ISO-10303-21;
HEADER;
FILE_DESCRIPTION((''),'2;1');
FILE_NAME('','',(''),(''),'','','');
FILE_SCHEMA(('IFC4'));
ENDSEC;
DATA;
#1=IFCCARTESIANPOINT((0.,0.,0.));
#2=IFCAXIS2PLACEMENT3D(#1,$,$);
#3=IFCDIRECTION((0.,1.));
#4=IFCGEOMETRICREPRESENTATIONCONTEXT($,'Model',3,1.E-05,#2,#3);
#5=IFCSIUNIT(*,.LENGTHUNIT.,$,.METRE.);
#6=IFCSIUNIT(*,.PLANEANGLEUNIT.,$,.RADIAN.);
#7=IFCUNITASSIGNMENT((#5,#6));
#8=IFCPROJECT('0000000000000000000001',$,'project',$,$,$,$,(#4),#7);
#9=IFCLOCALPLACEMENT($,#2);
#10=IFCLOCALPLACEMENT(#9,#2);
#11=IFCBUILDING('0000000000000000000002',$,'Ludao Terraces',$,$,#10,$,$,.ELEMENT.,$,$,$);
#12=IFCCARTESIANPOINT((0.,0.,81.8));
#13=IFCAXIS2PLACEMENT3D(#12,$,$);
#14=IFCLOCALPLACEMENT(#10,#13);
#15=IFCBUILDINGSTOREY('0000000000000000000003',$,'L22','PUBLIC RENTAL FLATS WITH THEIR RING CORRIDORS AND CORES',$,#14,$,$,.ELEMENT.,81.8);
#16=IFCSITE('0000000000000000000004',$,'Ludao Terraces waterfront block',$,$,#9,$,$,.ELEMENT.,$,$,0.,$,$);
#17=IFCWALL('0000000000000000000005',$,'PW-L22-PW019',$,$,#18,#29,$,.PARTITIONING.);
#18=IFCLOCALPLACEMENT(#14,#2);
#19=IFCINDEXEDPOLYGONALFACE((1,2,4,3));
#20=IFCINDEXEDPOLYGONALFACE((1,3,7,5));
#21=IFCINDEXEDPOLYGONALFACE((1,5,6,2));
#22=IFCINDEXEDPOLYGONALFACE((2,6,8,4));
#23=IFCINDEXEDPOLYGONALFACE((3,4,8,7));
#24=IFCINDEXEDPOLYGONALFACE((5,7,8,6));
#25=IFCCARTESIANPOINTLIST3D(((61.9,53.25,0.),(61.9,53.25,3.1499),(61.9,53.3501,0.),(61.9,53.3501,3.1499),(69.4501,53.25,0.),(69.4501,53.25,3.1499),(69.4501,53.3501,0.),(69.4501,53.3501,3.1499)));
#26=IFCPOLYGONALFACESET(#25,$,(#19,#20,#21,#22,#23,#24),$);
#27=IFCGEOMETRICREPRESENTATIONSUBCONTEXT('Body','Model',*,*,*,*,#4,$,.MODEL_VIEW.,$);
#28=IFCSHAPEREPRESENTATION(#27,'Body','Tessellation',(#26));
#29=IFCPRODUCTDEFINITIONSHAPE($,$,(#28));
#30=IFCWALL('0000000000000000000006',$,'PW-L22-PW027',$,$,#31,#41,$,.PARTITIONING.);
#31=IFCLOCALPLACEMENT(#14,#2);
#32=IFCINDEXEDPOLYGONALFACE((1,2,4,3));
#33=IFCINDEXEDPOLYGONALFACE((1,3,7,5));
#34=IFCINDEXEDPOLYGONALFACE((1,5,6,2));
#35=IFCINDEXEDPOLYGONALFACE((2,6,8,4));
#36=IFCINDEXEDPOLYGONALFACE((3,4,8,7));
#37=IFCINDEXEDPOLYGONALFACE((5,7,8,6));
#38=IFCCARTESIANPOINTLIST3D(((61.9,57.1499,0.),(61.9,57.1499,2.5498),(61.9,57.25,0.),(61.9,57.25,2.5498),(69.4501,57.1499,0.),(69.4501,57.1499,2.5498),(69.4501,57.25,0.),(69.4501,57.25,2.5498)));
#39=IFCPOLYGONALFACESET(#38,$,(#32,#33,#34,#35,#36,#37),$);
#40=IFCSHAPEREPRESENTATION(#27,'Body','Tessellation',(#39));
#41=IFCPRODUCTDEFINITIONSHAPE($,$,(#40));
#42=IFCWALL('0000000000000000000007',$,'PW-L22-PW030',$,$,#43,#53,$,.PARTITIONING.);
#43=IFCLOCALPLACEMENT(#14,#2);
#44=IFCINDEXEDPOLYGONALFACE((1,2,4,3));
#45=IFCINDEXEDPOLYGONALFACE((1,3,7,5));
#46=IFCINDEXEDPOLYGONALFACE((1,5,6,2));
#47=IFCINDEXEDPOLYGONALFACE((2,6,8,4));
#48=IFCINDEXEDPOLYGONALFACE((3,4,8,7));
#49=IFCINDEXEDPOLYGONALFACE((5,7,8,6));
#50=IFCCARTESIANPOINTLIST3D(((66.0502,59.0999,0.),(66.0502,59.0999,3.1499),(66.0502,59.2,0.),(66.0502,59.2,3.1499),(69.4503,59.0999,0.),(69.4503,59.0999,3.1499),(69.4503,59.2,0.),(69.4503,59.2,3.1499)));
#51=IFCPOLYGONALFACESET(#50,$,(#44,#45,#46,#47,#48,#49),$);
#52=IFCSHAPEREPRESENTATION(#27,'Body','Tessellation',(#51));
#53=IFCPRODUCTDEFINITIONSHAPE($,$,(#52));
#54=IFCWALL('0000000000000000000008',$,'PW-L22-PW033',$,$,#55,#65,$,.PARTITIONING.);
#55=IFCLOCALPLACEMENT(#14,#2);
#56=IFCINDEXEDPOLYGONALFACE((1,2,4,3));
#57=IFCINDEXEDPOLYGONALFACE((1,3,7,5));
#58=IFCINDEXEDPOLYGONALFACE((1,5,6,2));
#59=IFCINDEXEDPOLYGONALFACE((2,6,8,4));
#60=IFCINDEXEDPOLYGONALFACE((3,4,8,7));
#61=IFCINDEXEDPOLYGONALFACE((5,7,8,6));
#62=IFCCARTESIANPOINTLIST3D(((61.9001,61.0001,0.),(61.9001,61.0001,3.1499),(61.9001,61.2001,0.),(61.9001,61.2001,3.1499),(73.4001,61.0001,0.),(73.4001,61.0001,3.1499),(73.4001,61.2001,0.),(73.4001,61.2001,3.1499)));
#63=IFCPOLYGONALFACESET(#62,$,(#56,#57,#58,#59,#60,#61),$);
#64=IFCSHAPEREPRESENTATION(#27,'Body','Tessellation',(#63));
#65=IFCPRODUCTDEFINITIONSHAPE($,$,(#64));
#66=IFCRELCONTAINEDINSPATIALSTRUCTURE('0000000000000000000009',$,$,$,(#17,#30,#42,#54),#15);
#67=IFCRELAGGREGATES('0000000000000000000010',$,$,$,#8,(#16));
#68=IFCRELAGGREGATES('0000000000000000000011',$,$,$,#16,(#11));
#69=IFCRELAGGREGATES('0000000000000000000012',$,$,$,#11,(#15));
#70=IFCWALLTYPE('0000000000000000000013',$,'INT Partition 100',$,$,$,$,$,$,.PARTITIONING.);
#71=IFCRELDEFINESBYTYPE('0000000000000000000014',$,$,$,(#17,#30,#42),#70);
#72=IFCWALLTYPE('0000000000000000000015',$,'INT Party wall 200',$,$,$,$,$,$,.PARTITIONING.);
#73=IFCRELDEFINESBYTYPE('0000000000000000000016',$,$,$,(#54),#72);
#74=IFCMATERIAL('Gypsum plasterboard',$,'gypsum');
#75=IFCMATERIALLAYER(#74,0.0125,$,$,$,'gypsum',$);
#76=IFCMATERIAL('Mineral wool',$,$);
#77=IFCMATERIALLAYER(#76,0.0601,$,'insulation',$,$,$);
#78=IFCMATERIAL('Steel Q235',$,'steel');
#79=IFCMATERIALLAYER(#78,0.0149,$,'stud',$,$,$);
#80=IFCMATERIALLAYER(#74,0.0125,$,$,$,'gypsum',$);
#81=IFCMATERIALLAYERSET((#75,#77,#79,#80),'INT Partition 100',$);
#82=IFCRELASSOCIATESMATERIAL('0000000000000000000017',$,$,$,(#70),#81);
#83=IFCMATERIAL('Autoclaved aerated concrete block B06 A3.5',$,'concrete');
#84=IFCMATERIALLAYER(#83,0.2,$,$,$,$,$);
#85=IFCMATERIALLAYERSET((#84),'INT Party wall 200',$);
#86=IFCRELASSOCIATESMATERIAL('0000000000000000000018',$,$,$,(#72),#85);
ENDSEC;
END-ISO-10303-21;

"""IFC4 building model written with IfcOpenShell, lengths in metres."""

from ifc_helpers import new_model, si_unit, direction, frame, frame_2d, origin, place, context, subcontext, project, spatial, rectangle, extrude, material, layer, layer_set, type_object, element, save


model = new_model("IFC4")

# Units and contexts
model_context = context("Model", 3, precision=1e-05, world=origin(), true_north=direction((0.0, 1.0)))
body_context = subcontext(model_context, "Body", "Model", "MODEL_VIEW")
ifc_project = project(units=[si_unit("LENGTHUNIT", "METRE"), si_unit("PLANEANGLEUNIT", "RADIAN")], contexts=[model_context])

# Site, building, storey
site_placement = place(None, origin())
site = spatial("IfcSite", under=ifc_project, at=site_placement, Name="Ludao Terraces waterfront block", CompositionType="ELEMENT", RefElevation=0.0)
building_placement = place(site_placement, origin())
building = spatial("IfcBuilding", under=site, at=building_placement, Name="Ludao Terraces", CompositionType="ELEMENT")
storey_placement = place(building_placement, frame((0.0, 0.0, 81.8)))
storey = spatial("IfcBuildingStorey", under=building, at=storey_placement, Name="L22", Description="PUBLIC RENTAL FLATS WITH THEIR RING CORRIDORS AND CORES", CompositionType="ELEMENT", Elevation=81.8)

# Shared definitions
ifc_material_1 = material(Name="Mineral wool")

# Shared definitions
ifc_material_2 = material(Name="Gypsum plasterboard", Category="gypsum")
ifc_layer_1 = layer(ifc_material_2, 0.0125, Category="gypsum")
ifc_layer_2 = layer(ifc_material_1, 0.0601, Name="insulation")
ifc_material_3 = material(Name="Steel Q235", Category="steel")
ifc_layer_3 = layer(ifc_material_3, 0.0149, Name="stud")
ifc_layer_4 = layer(ifc_material_2, 0.0125, Category="gypsum")
ifc_layer_set_1 = layer_set([ifc_layer_1, ifc_layer_2, ifc_layer_3, ifc_layer_4], Name="INT Partition 100")
wall_type_1 = type_object("IfcWallType", Name="INT Partition 100", PredefinedType="PARTITIONING", material=ifc_layer_set_1)

# Walls
wall_1_placement = place(storey_placement, frame((61.9001, 53.3, 0.0), z_axis=(0.0, 0.0, 1.0), x_axis=(1.0, 0.0, 0.0)))
element("IfcWall", 1, at=wall_1_placement, inside=storey, type_object=wall_type_1, Name="PW-L22-PW019", PredefinedType="PARTITIONING", context=body_context, shape_type="SweptSolid", body=[
    extrude(rectangle(XDim=7.55, YDim=0.1001, at=frame_2d((3.7749, 0.0))), origin(), (0.0, 0.0, 1.0), 3.1499),
])
wall_2_placement = place(storey_placement, frame((61.9001, 57.2, 0.0), z_axis=(0.0, 0.0, 1.0), x_axis=(1.0, 0.0, 0.0)))
element("IfcWall", 2, at=wall_2_placement, inside=storey, type_object=wall_type_1, Name="PW-L22-PW027", PredefinedType="PARTITIONING", context=body_context, shape_type="SweptSolid", body=[
    extrude(rectangle(XDim=7.55, YDim=0.1001, at=frame_2d((3.7749, 0.0))), origin(), (0.0, 0.0, 1.0), 2.5498),
])
wall_3_placement = place(storey_placement, frame((66.05, 59.1499, 0.0), z_axis=(0.0, 0.0, 1.0), x_axis=(1.0, 0.0, 0.0)))
element("IfcWall", 3, at=wall_3_placement, inside=storey, type_object=wall_type_1, Name="PW-L22-PW030", PredefinedType="PARTITIONING", context=body_context, shape_type="SweptSolid", body=[
    extrude(rectangle(XDim=3.4001, YDim=0.1001, at=frame_2d((1.7002, 0.0))), origin(), (0.0, 0.0, 1.0), 3.1499),
])
ifc_material_4 = material(Name="Autoclaved aerated concrete block B06 A3.5", Category="concrete")
ifc_layer_5 = layer(ifc_material_4, 0.2)
ifc_layer_set_2 = layer_set([ifc_layer_5], Name="INT Party wall 200")
wall_type_2 = type_object("IfcWallType", Name="INT Party wall 200", PredefinedType="PARTITIONING", material=ifc_layer_set_2)
wall_4_placement = place(storey_placement, frame((61.9001, 61.1001, 0.0), z_axis=(0.0, 0.0, 1.0), x_axis=(1.0, 0.0, 0.0)))
element("IfcWall", 4, at=wall_4_placement, inside=storey, type_object=wall_type_2, Name="PW-L22-PW033", PredefinedType="PARTITIONING", context=body_context, shape_type="SweptSolid", body=[
    extrude(rectangle(XDim=11.5, YDim=0.2, at=frame_2d((5.75, 0.0))), origin(), (0.0, 0.0, 1.0), 3.1499),
])

save(model, "model.ifc")
